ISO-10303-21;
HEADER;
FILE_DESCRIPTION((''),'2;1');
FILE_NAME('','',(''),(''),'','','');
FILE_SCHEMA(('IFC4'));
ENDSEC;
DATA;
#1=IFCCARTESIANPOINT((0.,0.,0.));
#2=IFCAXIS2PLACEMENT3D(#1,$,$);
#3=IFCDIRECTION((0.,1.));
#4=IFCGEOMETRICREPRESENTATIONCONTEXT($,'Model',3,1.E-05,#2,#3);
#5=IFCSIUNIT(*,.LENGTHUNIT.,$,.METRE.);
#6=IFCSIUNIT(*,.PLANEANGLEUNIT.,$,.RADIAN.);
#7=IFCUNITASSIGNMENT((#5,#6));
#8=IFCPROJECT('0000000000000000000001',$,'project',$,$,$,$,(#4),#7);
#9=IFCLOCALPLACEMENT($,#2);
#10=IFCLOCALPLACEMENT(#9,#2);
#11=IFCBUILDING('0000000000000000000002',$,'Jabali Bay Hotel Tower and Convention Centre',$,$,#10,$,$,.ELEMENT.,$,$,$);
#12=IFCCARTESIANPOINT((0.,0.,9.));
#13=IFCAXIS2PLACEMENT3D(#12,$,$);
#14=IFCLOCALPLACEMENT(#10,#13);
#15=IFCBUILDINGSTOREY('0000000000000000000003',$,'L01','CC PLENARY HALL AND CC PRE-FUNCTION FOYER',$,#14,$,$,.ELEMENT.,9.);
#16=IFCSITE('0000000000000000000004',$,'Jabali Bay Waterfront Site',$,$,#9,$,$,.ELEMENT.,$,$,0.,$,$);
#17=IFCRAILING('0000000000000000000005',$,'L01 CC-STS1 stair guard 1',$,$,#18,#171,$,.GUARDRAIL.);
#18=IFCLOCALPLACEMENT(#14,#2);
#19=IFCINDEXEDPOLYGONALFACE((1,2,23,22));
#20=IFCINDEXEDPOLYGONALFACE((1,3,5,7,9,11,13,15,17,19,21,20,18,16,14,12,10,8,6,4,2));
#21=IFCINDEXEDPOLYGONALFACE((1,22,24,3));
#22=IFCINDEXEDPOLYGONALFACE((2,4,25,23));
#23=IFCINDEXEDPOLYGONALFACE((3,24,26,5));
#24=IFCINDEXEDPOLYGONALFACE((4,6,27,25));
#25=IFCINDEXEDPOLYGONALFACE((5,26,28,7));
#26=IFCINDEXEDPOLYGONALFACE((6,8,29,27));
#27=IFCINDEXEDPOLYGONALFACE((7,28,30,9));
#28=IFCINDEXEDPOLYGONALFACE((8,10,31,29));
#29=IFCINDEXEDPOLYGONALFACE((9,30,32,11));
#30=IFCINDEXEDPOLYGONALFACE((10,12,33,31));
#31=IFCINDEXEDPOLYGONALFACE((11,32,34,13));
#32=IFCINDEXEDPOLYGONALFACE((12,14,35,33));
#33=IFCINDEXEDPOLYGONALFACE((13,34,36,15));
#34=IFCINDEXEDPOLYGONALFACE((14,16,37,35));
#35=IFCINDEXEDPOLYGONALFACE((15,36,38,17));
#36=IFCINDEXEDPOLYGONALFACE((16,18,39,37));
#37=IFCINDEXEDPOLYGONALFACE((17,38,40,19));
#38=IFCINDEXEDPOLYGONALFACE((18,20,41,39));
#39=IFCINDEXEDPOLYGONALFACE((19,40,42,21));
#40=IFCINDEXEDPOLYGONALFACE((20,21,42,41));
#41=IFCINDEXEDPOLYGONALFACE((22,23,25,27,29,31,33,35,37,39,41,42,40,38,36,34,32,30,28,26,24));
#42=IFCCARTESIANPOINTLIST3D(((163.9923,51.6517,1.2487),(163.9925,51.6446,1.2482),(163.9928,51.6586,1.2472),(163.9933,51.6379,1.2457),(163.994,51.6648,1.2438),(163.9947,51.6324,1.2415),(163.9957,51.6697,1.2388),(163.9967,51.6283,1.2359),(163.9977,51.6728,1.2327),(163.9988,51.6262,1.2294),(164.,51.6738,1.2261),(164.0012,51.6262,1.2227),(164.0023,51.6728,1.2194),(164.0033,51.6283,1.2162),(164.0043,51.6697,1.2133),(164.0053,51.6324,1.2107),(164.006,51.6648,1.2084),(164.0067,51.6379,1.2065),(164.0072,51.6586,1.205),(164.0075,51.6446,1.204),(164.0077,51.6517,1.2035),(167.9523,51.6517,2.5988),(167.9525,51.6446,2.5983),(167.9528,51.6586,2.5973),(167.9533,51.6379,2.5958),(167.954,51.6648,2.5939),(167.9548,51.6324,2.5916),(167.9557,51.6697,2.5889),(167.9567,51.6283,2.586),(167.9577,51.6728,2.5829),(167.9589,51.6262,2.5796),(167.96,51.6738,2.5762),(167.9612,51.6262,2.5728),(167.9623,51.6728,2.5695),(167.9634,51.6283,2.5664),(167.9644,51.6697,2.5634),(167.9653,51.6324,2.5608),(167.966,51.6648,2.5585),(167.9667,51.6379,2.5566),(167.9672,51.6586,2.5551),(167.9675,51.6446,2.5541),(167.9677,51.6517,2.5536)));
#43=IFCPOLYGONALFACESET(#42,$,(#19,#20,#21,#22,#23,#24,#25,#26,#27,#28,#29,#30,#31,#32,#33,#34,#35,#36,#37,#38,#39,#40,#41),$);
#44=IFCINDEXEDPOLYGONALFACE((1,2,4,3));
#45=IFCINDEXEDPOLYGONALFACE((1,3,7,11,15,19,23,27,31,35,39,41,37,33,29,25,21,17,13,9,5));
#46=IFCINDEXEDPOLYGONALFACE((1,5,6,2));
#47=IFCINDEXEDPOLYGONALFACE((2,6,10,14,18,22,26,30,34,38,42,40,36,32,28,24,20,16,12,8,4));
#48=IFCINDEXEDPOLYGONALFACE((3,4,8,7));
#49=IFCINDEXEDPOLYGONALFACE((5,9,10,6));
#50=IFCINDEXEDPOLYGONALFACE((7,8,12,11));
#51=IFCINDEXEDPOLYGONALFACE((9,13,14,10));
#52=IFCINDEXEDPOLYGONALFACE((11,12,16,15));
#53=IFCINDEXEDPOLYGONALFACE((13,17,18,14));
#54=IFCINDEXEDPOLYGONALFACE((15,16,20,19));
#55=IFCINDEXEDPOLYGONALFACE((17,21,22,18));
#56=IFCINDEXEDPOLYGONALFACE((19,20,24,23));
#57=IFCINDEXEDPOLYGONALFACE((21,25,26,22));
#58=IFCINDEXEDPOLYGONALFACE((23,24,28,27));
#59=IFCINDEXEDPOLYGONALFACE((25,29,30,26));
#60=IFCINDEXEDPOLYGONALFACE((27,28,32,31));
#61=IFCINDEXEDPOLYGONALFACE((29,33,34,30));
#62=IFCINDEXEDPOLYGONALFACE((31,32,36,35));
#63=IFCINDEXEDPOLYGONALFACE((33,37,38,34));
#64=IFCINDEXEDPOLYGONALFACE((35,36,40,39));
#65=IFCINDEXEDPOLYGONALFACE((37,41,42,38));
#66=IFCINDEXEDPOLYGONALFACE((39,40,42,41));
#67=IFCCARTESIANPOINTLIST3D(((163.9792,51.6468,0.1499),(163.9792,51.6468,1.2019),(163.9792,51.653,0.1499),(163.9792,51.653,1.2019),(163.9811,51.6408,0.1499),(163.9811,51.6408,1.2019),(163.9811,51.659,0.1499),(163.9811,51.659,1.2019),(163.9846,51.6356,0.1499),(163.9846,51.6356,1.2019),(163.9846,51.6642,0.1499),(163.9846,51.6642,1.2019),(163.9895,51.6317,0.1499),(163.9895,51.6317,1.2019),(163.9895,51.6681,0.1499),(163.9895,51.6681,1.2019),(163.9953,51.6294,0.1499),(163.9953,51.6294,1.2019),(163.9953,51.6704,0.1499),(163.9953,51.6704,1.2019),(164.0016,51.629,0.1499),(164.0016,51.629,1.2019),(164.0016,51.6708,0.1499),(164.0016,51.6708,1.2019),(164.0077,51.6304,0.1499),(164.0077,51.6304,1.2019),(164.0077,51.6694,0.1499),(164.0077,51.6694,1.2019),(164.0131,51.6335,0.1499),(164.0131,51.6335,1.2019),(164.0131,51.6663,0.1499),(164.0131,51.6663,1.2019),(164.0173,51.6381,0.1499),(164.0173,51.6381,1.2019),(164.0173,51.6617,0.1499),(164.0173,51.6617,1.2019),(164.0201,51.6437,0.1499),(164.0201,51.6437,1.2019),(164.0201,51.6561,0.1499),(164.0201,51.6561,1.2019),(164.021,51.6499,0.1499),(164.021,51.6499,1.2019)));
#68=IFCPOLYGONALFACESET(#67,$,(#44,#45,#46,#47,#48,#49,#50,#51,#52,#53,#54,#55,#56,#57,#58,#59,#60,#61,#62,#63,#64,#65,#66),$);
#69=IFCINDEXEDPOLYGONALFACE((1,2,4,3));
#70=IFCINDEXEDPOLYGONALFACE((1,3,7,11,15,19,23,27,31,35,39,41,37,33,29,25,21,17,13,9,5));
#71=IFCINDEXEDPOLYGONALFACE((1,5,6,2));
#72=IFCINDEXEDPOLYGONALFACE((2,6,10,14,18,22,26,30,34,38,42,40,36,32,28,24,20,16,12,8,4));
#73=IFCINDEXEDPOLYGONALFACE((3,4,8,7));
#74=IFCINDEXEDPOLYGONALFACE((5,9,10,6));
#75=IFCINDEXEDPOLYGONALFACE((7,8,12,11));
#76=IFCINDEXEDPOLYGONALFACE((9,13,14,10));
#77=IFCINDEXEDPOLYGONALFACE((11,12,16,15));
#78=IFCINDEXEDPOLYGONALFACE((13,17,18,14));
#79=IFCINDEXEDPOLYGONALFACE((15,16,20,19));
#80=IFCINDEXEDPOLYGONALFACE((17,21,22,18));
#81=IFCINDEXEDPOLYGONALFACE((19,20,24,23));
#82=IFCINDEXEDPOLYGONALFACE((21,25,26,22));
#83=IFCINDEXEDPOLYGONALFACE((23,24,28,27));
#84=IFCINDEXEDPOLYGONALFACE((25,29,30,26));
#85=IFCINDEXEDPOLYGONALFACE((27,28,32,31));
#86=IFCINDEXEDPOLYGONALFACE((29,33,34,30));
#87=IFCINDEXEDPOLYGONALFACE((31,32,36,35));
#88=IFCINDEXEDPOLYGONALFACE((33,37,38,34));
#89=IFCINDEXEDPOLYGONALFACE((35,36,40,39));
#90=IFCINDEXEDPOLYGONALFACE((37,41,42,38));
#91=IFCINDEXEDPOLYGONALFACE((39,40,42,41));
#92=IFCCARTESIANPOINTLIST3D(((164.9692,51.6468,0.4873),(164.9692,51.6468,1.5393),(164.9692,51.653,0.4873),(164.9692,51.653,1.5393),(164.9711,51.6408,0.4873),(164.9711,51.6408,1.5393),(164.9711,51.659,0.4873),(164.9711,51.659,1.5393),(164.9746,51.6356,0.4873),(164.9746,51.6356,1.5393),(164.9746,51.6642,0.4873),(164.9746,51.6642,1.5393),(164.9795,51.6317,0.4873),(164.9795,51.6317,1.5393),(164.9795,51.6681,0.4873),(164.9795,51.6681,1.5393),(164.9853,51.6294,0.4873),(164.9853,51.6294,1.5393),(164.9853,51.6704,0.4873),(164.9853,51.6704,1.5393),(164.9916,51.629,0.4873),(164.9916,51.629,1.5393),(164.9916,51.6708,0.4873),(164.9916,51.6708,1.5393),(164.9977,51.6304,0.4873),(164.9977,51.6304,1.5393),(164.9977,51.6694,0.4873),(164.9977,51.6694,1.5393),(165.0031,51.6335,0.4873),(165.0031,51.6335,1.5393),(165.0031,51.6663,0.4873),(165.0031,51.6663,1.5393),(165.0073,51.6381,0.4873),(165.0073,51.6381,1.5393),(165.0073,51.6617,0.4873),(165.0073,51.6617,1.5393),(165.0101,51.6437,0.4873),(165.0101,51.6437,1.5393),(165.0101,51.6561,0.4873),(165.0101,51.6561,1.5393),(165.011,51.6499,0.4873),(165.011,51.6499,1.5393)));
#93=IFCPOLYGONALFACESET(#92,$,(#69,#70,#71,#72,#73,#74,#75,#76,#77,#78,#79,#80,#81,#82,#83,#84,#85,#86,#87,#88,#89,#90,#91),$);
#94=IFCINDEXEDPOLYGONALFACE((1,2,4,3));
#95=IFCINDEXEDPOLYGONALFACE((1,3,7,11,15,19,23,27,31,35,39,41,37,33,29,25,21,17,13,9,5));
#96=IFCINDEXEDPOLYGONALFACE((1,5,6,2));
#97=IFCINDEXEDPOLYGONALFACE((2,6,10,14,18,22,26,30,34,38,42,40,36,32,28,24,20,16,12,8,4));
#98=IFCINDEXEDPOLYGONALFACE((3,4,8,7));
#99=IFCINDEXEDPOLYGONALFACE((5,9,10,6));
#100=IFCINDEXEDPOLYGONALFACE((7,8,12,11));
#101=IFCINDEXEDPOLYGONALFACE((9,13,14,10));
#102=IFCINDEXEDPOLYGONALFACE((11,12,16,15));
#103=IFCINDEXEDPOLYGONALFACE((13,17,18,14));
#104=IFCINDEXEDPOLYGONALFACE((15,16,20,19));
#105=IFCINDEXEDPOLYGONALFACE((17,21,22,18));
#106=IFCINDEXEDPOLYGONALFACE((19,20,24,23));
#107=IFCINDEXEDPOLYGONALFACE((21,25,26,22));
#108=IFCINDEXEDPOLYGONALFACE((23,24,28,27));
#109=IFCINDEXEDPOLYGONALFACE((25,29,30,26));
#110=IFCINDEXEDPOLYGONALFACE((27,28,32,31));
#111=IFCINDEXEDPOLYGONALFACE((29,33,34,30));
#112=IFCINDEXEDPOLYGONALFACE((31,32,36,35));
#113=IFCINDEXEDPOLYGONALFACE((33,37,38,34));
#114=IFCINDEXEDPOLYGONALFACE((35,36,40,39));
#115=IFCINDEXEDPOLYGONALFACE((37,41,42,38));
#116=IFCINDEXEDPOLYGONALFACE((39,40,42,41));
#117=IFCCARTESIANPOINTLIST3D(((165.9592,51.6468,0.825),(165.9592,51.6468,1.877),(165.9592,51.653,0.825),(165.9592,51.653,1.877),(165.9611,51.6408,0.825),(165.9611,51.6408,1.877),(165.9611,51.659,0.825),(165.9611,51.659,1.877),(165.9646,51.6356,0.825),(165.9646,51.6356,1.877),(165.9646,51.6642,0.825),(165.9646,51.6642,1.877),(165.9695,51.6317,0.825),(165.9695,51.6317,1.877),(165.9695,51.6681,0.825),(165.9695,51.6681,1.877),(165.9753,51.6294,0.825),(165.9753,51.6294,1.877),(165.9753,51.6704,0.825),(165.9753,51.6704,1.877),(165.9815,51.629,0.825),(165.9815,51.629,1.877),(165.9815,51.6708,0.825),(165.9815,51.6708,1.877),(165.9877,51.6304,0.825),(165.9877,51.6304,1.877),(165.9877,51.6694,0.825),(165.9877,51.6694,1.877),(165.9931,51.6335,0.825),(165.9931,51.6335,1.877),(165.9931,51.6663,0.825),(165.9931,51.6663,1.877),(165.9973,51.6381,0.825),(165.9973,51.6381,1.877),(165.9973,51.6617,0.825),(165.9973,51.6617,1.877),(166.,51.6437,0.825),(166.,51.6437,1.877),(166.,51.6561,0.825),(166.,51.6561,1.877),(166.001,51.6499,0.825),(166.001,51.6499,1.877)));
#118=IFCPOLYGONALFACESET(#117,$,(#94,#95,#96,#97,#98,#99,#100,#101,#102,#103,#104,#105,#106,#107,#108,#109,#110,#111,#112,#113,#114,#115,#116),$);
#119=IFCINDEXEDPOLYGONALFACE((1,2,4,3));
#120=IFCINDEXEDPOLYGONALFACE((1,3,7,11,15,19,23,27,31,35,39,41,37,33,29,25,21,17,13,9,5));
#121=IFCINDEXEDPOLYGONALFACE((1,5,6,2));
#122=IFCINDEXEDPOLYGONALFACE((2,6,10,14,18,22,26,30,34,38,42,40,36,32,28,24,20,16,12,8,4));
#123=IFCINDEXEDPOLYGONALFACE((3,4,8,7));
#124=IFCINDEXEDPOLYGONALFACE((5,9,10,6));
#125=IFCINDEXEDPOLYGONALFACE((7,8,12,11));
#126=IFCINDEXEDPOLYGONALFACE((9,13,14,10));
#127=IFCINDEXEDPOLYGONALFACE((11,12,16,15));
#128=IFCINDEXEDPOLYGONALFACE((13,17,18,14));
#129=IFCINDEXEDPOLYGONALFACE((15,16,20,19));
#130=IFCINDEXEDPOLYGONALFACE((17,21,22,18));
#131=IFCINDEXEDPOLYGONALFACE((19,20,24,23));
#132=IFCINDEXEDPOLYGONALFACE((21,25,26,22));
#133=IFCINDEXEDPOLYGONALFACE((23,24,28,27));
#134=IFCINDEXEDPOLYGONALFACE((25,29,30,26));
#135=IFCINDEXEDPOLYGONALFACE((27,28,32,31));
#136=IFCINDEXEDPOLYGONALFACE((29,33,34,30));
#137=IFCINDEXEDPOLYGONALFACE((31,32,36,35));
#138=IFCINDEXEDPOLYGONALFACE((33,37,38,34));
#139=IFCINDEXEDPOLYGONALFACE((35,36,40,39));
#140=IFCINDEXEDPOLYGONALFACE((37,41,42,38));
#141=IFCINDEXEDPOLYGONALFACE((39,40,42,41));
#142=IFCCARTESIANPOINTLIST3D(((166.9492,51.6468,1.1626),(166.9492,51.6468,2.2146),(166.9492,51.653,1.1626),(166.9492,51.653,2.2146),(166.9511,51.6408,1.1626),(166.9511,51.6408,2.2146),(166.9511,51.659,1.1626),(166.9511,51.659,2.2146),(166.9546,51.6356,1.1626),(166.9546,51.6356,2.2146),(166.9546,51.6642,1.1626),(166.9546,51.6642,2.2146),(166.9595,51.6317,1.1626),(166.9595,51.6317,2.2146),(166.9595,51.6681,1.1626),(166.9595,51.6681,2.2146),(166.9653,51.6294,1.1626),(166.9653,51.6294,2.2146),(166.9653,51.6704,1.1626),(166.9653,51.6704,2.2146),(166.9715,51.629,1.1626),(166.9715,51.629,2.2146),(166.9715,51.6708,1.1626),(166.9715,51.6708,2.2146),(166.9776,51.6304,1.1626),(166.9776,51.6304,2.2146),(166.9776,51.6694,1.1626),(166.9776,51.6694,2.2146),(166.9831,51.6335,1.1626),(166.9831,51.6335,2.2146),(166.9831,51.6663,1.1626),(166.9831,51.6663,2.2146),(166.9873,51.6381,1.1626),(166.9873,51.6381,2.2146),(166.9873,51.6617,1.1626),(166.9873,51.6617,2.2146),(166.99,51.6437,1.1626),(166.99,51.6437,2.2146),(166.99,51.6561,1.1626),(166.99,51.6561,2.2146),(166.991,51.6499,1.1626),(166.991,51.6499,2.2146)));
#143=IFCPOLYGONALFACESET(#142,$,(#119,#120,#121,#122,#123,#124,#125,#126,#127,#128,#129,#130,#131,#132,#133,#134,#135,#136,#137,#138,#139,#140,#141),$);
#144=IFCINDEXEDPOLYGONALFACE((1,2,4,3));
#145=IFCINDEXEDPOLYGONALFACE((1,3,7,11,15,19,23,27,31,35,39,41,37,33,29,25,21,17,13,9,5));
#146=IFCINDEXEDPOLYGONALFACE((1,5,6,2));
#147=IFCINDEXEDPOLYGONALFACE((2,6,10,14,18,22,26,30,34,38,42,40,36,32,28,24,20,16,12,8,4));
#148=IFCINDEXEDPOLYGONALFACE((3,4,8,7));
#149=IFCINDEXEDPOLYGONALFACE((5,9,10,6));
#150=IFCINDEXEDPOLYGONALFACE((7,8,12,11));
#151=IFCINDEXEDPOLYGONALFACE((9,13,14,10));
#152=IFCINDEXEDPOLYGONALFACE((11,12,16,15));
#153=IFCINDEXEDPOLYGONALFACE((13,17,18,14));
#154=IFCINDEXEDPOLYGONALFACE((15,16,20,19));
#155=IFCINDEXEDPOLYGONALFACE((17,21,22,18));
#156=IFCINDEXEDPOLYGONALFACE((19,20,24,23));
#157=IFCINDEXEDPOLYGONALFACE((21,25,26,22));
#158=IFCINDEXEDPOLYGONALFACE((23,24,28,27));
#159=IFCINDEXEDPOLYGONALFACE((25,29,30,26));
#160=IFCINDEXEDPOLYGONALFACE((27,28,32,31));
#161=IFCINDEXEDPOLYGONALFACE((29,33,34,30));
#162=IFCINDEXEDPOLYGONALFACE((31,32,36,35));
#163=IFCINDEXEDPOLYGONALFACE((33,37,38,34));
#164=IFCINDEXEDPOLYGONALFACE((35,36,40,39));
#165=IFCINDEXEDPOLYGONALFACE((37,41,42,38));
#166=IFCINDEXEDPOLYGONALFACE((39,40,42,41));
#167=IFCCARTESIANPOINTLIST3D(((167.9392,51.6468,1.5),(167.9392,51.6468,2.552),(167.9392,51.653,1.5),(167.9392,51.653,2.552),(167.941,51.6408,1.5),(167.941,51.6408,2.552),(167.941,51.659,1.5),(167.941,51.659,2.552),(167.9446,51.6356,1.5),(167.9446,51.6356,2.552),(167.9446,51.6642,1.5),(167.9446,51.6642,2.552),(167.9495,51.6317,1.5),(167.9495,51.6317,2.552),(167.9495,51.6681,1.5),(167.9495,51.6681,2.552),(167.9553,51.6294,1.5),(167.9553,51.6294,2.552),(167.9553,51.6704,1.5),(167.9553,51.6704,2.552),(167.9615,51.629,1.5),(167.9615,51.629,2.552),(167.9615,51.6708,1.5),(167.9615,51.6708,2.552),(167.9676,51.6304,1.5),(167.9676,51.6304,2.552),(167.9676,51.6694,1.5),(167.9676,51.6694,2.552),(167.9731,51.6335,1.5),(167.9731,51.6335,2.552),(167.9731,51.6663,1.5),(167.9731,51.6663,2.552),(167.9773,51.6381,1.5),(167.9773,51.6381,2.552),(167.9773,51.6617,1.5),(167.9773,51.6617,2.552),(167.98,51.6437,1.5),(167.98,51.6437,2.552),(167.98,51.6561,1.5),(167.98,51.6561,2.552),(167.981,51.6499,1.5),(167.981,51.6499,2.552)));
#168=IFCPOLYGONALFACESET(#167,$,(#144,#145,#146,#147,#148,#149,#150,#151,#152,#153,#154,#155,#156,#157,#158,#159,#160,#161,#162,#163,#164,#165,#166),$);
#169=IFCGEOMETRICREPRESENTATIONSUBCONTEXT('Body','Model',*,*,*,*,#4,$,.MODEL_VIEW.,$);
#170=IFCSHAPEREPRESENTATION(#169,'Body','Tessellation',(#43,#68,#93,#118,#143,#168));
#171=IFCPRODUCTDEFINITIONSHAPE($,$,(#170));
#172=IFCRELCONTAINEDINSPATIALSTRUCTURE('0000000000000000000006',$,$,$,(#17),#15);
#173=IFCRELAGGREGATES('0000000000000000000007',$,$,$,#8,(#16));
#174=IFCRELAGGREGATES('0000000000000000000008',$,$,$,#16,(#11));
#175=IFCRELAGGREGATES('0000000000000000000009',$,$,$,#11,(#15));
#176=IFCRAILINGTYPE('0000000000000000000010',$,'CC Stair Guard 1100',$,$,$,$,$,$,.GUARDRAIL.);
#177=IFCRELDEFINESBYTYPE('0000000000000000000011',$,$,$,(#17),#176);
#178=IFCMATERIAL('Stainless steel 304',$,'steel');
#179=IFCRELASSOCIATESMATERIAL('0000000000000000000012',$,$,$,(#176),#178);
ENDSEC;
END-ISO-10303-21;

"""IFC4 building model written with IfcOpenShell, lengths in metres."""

from ifc_helpers import new_model, si_unit, direction, frame, origin, origin_2d, place, context, subcontext, project, spatial, circle, extrude, material, type_object, element, save


model = new_model("IFC4")

# Units and contexts
model_context = context("Model", 3, precision=1e-05, world=origin(), true_north=direction((0.0, 1.0)))
body_context = subcontext(model_context, "Body", "Model", "MODEL_VIEW")
ifc_project = project(units=[si_unit("LENGTHUNIT", "METRE"), si_unit("PLANEANGLEUNIT", "RADIAN")], contexts=[model_context])

# Site, building, storey
site_placement = place(None, origin())
site = spatial("IfcSite", under=ifc_project, at=site_placement, Name="Jabali Bay Waterfront Site", CompositionType="ELEMENT", RefElevation=0.0)
building_placement = place(site_placement, origin())
building = spatial("IfcBuilding", under=site, at=building_placement, Name="Jabali Bay Hotel Tower and Convention Centre", CompositionType="ELEMENT")
storey_placement = place(building_placement, frame((0.0, 0.0, 9.0)))
storey = spatial("IfcBuildingStorey", under=building, at=storey_placement, Name="L01", Description="CC PLENARY HALL AND CC PRE-FUNCTION FOYER", CompositionType="ELEMENT", Elevation=9.0)

# Railing
ifc_material_1 = material(Name="Stainless steel 304", Category="steel")
railing_type_1 = type_object("IfcRailingType", Name="CC Stair Guard 1100", PredefinedType="GUARDRAIL", material=ifc_material_1)
railing_1_placement = place(storey_placement, frame((164.0, 51.6499, 0.1499)))
element("IfcRailing", 1, at=railing_1_placement, inside=storey, type_object=railing_type_1, Name="L01 CC-STS1 stair guard 1", PredefinedType="GUARDRAIL", context=body_context, shape_type="SweptSolid", body=[
    extrude(circle(Radius=0.0239, at=origin_2d()), frame((0.0, 0.0, 1.0762), z_axis=(0.946502, 0.0, 0.322698), x_axis=(0.0, 1.0, 0.0)), (0.0, 0.0, 1.0), 4.1838),
    extrude(circle(Radius=0.021, at=origin_2d()), origin(), (0.0, 0.0, 1.0), 1.052),
    extrude(circle(Radius=0.021, at=origin_2d()), frame((0.99, 0.0, 0.3374)), (0.0, 0.0, 1.0), 1.052),
    extrude(circle(Radius=0.021, at=origin_2d()), frame((1.98, 0.0, 0.675)), (0.0, 0.0, 1.0), 1.052),
    extrude(circle(Radius=0.021, at=origin_2d()), frame((2.97, 0.0, 1.0127)), (0.0, 0.0, 1.0), 1.052),
    extrude(circle(Radius=0.021, at=origin_2d()), frame((3.96, 0.0, 1.3501)), (0.0, 0.0, 1.0), 1.052),
])

save(model, "model.ifc")
